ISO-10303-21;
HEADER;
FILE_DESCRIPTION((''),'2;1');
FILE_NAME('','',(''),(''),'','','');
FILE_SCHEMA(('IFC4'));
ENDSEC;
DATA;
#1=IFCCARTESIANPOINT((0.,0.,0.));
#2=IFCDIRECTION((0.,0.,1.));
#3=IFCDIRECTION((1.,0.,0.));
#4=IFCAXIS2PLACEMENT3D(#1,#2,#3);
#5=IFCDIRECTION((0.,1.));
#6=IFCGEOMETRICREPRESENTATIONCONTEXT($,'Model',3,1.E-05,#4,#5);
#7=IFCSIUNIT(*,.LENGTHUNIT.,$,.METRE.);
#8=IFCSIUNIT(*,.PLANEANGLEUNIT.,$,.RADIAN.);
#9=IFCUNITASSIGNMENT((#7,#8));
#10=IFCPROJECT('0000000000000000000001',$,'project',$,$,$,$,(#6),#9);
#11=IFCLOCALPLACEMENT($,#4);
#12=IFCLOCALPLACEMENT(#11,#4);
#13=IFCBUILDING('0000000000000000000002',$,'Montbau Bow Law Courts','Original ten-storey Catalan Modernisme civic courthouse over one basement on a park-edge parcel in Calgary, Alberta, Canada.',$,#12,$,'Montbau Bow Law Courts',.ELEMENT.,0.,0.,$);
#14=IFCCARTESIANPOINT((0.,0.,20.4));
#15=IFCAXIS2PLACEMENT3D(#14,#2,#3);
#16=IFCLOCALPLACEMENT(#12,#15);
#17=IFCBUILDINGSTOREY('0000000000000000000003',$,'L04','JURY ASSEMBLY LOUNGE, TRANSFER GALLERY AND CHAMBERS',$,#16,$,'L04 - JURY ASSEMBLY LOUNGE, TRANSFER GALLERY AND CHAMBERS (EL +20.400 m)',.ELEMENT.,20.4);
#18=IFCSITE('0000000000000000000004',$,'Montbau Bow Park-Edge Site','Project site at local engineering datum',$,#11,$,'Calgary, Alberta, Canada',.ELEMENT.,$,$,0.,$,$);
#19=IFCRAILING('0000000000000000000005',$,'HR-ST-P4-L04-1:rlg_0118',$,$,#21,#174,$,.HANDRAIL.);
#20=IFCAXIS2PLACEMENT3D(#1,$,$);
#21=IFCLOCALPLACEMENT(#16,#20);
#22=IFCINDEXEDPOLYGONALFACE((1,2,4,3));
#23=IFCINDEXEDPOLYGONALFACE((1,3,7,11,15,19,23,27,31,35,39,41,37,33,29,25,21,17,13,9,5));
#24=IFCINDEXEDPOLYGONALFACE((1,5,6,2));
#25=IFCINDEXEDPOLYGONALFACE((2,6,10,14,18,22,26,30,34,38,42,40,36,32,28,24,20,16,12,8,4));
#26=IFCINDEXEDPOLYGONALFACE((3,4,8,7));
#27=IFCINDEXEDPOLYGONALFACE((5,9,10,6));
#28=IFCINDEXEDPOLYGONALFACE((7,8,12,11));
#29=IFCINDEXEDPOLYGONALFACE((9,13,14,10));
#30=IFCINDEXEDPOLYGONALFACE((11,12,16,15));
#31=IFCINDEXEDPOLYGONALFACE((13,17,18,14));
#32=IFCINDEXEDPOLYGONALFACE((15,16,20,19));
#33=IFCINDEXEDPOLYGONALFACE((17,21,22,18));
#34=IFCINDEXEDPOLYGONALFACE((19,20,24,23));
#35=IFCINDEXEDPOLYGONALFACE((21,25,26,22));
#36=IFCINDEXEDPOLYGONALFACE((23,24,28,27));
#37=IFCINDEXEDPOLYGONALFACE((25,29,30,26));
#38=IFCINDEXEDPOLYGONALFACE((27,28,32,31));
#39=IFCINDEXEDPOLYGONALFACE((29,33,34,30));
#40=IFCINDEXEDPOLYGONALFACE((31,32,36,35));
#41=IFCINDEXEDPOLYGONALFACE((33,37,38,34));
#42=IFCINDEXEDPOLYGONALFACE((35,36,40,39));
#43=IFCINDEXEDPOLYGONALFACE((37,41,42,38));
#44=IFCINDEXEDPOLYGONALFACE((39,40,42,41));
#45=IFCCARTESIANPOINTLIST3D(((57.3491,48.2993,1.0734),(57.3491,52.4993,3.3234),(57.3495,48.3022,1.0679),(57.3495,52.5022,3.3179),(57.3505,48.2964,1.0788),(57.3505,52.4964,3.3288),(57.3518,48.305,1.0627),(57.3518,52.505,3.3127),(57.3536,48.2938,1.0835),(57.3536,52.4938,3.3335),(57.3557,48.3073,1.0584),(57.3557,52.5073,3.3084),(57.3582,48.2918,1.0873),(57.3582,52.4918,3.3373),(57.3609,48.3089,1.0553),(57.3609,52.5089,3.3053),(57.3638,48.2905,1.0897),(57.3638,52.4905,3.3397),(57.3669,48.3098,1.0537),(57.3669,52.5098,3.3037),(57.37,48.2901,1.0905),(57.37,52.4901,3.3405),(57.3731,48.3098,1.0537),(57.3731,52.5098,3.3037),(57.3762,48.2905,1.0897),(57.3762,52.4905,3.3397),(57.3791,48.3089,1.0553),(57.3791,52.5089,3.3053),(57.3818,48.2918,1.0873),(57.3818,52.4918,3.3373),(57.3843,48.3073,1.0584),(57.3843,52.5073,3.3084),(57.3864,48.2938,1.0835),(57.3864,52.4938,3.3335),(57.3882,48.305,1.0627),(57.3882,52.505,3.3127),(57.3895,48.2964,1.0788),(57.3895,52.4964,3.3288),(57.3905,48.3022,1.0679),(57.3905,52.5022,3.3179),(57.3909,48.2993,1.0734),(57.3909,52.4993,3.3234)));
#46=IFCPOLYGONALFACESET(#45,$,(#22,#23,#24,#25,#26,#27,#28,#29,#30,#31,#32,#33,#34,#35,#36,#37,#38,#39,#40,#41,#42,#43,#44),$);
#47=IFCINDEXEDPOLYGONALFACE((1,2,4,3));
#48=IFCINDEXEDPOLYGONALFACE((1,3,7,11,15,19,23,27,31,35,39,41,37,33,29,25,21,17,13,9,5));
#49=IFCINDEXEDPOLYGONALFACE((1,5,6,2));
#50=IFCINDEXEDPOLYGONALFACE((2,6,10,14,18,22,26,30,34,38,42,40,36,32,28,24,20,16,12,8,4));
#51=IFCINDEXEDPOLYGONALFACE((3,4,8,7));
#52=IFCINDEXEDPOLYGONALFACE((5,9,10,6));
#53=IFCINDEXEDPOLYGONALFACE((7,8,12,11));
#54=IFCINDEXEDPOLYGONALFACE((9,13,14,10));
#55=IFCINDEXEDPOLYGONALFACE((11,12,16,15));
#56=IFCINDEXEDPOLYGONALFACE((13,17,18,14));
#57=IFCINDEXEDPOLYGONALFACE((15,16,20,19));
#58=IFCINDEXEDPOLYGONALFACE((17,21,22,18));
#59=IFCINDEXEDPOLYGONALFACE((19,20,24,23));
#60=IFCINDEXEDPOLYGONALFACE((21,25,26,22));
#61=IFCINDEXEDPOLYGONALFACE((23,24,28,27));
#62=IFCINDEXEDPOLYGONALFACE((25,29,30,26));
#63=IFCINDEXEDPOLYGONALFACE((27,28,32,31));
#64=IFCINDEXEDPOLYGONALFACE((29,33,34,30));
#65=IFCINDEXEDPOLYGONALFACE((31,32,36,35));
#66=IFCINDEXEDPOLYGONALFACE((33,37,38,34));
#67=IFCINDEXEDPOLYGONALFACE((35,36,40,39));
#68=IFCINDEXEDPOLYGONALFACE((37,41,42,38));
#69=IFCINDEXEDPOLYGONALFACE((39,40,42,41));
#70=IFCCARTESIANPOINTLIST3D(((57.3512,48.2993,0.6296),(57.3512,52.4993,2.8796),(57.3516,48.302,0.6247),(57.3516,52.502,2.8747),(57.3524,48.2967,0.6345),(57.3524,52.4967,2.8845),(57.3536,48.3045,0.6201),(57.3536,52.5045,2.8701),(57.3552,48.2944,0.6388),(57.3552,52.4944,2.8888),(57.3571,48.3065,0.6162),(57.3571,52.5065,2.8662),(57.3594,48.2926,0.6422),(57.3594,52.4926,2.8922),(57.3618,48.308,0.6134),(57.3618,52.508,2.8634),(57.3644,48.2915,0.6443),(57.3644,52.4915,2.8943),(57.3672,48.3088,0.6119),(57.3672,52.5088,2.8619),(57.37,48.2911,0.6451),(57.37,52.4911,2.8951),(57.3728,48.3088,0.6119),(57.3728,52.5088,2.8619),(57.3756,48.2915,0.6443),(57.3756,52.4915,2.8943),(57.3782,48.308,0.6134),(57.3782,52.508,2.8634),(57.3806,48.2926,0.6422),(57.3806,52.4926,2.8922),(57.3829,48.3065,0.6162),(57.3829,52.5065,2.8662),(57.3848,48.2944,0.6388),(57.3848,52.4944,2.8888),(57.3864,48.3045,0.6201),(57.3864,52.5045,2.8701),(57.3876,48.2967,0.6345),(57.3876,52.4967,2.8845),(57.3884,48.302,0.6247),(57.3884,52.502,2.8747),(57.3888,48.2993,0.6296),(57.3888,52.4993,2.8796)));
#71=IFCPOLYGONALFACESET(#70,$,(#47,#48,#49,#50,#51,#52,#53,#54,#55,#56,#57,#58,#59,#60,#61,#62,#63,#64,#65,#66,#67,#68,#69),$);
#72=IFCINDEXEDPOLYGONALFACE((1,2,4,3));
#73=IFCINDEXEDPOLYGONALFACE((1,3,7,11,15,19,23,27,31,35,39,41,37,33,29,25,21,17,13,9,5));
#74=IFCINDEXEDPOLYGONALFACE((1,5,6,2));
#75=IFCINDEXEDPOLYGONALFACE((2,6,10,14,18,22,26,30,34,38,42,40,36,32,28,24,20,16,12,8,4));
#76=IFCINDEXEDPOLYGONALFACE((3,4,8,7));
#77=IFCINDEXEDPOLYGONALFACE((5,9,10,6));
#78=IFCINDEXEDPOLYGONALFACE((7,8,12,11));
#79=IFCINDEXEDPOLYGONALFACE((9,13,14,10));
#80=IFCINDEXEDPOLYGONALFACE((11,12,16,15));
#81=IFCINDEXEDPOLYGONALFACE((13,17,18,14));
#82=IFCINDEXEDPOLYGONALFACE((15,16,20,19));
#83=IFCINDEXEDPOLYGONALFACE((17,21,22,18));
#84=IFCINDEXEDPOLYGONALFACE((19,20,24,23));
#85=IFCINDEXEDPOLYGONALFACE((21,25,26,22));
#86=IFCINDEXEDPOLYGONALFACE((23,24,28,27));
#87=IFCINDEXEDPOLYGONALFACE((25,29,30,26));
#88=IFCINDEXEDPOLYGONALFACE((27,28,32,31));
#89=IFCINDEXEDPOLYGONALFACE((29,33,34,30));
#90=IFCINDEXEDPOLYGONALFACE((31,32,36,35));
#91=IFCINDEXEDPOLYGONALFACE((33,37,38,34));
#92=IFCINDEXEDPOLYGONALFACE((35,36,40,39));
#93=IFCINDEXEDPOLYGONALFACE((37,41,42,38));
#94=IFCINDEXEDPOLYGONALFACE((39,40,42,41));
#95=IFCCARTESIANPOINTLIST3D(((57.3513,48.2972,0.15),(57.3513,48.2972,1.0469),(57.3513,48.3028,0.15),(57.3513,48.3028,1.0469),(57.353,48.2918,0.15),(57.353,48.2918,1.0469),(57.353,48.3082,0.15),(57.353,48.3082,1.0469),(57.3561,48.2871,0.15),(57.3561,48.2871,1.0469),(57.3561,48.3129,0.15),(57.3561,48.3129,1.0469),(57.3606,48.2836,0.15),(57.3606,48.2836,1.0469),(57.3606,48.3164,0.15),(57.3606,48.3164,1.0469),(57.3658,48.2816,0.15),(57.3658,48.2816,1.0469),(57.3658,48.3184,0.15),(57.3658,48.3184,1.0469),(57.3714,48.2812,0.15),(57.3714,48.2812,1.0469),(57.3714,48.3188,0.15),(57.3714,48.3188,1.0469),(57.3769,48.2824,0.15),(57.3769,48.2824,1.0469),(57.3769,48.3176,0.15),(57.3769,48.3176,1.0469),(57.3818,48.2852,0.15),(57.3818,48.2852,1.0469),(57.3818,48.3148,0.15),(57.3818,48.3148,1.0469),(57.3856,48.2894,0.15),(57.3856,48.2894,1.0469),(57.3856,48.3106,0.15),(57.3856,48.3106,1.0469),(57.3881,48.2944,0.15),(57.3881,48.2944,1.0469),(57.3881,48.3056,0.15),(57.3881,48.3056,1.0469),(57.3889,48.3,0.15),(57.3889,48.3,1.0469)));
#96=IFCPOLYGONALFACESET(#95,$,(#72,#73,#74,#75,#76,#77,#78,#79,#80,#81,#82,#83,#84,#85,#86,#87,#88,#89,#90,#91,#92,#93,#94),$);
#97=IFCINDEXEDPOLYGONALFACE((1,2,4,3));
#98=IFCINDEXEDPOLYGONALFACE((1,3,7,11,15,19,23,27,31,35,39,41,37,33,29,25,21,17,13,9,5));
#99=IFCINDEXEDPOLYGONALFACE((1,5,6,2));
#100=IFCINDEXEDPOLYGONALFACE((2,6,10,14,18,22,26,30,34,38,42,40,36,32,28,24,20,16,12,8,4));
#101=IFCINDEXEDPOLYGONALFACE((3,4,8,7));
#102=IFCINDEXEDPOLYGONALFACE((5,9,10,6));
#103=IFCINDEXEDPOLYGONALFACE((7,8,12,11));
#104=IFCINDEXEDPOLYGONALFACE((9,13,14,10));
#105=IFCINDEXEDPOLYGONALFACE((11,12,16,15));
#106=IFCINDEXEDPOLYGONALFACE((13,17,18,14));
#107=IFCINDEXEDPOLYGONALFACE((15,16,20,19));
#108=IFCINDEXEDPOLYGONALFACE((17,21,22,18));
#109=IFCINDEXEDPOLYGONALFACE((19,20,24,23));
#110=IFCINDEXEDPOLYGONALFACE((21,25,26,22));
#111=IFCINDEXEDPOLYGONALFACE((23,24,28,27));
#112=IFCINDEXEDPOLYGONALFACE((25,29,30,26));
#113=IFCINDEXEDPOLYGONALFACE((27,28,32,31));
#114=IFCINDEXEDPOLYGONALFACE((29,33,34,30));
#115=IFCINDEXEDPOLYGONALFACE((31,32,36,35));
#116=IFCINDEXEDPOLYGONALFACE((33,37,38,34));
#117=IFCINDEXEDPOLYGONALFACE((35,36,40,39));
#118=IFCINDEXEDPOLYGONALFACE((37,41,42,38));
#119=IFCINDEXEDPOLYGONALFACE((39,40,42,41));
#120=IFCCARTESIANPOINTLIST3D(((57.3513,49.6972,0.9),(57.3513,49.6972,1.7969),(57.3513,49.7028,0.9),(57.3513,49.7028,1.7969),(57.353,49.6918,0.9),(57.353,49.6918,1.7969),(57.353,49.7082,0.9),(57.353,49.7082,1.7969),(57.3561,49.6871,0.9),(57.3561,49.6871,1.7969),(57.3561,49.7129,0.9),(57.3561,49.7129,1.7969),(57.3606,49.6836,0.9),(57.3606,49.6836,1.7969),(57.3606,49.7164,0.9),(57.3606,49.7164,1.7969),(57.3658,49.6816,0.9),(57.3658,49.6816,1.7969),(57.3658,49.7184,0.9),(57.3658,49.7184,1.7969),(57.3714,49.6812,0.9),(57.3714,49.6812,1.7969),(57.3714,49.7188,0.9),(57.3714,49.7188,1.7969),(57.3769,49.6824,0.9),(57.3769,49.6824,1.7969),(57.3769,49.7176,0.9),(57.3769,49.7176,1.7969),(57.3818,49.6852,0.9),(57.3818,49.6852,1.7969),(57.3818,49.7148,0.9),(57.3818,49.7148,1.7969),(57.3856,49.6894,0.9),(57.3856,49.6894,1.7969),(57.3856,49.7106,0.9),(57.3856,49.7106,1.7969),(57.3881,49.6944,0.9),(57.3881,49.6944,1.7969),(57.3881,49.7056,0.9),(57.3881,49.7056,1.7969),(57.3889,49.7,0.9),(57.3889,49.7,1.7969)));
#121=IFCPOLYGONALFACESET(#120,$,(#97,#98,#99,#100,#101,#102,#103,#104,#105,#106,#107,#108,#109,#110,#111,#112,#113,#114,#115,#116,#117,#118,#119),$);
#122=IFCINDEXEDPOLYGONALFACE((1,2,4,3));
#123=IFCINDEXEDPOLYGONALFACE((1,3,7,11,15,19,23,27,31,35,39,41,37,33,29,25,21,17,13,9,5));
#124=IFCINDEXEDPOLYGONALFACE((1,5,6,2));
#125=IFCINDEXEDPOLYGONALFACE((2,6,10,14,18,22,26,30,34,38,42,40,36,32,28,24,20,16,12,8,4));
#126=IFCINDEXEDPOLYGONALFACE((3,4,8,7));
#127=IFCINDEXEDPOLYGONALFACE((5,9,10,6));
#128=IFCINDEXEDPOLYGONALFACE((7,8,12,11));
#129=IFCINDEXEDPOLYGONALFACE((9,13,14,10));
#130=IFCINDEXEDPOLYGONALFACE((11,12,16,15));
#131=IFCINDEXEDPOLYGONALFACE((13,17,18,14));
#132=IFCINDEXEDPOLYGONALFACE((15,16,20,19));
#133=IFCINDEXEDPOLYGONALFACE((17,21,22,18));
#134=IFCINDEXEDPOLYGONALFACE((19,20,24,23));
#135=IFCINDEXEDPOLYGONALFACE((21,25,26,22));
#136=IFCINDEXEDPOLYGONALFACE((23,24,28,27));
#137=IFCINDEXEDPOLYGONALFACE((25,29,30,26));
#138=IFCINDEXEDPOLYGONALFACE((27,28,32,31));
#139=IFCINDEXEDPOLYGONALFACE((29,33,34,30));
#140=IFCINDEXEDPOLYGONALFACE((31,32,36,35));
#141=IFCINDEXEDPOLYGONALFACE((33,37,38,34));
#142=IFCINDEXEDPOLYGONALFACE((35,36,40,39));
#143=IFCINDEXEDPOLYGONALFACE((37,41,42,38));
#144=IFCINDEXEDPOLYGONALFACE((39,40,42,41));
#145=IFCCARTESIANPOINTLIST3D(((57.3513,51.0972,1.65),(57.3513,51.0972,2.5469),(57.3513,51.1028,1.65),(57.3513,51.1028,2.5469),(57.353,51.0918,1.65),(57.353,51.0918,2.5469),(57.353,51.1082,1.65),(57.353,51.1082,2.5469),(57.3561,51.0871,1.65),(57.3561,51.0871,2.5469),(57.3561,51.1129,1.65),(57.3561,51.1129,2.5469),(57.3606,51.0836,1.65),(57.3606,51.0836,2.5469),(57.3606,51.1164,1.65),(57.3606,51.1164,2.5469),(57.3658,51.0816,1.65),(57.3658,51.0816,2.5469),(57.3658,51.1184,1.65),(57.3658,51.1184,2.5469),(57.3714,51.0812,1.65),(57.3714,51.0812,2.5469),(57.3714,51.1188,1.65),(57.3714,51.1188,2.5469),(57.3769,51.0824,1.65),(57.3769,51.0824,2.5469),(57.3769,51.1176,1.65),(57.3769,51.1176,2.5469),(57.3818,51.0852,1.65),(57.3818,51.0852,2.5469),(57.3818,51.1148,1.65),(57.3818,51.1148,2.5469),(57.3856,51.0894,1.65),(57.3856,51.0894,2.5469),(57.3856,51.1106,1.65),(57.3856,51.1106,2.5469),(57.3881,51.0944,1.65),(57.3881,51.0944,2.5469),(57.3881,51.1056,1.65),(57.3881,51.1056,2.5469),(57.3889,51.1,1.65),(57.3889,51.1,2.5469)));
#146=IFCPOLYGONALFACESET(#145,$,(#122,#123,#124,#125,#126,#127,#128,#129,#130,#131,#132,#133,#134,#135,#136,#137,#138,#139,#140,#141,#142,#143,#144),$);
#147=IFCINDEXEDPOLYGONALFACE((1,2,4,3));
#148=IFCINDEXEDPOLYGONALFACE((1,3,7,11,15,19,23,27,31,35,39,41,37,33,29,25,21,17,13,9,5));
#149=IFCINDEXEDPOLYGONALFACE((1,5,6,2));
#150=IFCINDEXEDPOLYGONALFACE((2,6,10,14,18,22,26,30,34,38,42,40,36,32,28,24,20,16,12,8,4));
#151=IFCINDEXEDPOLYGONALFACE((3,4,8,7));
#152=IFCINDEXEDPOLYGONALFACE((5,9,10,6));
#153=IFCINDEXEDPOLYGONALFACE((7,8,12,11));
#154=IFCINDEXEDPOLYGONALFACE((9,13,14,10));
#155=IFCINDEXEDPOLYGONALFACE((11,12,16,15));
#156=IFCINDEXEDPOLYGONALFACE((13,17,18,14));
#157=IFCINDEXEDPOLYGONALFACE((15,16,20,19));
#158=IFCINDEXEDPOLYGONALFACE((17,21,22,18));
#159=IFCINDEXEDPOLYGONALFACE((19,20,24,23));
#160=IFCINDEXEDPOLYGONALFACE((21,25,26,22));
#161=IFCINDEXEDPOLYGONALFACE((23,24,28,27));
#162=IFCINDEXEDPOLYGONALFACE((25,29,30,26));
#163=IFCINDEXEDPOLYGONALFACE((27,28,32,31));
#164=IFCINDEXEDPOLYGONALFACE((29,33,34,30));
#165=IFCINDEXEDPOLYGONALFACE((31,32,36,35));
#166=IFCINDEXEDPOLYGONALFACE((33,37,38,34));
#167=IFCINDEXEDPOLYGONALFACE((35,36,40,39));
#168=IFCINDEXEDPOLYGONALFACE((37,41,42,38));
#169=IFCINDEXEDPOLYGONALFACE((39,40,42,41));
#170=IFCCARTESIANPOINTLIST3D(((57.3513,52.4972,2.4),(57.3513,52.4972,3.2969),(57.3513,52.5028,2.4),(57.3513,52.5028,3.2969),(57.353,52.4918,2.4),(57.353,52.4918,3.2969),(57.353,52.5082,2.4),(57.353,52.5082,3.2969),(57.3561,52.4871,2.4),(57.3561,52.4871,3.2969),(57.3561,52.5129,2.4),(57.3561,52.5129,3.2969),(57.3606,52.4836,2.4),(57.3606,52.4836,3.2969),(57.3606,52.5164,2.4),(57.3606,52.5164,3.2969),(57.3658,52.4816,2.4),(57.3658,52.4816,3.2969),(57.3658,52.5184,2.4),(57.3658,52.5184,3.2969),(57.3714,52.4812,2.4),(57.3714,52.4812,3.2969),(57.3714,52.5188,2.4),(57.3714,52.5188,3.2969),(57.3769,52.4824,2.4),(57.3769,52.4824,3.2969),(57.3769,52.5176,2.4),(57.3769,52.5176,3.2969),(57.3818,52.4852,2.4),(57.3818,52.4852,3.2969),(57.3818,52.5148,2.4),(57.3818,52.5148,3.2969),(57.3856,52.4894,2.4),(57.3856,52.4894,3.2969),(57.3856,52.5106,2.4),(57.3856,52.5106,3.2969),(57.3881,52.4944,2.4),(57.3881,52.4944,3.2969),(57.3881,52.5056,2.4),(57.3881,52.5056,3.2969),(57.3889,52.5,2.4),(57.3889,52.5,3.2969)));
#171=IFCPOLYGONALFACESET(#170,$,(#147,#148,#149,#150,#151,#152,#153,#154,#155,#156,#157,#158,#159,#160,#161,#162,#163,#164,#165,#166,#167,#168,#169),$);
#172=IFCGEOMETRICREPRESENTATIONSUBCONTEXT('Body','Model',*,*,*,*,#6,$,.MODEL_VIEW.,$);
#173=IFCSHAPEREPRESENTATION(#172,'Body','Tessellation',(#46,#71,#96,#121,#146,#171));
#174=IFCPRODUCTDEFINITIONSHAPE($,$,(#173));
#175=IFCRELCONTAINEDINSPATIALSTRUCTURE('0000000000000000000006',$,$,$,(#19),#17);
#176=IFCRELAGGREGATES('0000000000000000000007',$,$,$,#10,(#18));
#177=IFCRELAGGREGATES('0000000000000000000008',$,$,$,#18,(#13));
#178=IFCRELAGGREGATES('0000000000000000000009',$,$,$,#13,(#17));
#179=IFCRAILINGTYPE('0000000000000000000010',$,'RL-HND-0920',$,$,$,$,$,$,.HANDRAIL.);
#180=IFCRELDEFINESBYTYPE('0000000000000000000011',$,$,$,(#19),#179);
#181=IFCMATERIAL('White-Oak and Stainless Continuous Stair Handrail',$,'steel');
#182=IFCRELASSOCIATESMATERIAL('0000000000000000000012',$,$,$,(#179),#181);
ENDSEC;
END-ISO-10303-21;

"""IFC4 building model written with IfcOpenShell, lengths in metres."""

from ifc_helpers import new_model, si_unit, direction, frame, origin_with_axes, origin_2d_with_axis, place, context, subcontext, project, spatial, circle, extrude, material, type_object, element, save


model = new_model("IFC4")

# Units and contexts
model_context = context("Model", 3, precision=1e-05, world=origin_with_axes(), true_north=direction((0.0, 1.0)))
body_context = subcontext(model_context, "Body", "Model", "MODEL_VIEW")
ifc_project = project(units=[si_unit("LENGTHUNIT", "METRE"), si_unit("PLANEANGLEUNIT", "RADIAN")], contexts=[model_context])

# Site, building, storey
site_placement = place(None, origin_with_axes())
site = spatial("IfcSite", under=ifc_project, at=site_placement, Name="Montbau Bow Park-Edge Site", Description="Project site at local engineering datum", LongName="Calgary, Alberta, Canada", CompositionType="ELEMENT", RefElevation=0.0)
building_placement = place(site_placement, origin_with_axes())
building = spatial("IfcBuilding", under=site, at=building_placement, Name="Montbau Bow Law Courts", Description="Original ten-storey Catalan Modernisme civic courthouse over one basement on a park-edge parcel in Calgary, Alberta, Canada.", LongName="Montbau Bow Law Courts", CompositionType="ELEMENT", ElevationOfRefHeight=0.0, ElevationOfTerrain=0.0)
storey_placement = place(building_placement, frame((0.0, 0.0, 20.4), z_axis=(0.0, 0.0, 1.0), x_axis=(1.0, 0.0, 0.0)))
storey = spatial("IfcBuildingStorey", under=building, at=storey_placement, Name="L04", Description="JURY ASSEMBLY LOUNGE, TRANSFER GALLERY AND CHAMBERS", LongName="L04 - JURY ASSEMBLY LOUNGE, TRANSFER GALLERY AND CHAMBERS (EL +20.400 m)", CompositionType="ELEMENT", Elevation=20.4)

# Railing
ifc_material_1 = material(Name="White-Oak and Stainless Continuous Stair Handrail", Category="steel")
railing_type_1 = type_object("IfcRailingType", Name="RL-HND-0920", PredefinedType="HANDRAIL", material=ifc_material_1)
railing_1_placement = place(None, origin_with_axes())
element("IfcRailing", 1, at=railing_1_placement, inside=storey, type_object=railing_type_1, Name="HR-ST-P4-L04-1:rlg_0118", PredefinedType="HANDRAIL", context=body_context, shape_type="SweptSolid", body=[
    extrude(circle(Radius=0.021, at=origin_2d_with_axis()), frame((57.37, 48.3, 21.472), z_axis=(0.0, 0.88148, 0.472221), x_axis=(0.0, -0.472221, 0.88148)), (0.0, 0.0, 1.0), 4.7647),
    extrude(circle(Radius=0.0189, at=origin_2d_with_axis()), frame((57.37, 48.3, 21.0284), z_axis=(0.0, 0.88148, 0.472221), x_axis=(0.0, -0.472221, 0.88148)), (0.0, 0.0, 1.0), 4.7647),
    extrude(circle(Radius=0.0189, at=origin_2d_with_axis()), frame((57.37, 48.3, 20.55), z_axis=(0.0, 0.0, 1.0), x_axis=(1.0, 0.0, 0.0)), (0.0, 0.0, 1.0), 0.8969),
    extrude(circle(Radius=0.0189, at=origin_2d_with_axis()), frame((57.37, 49.7, 21.3), z_axis=(0.0, 0.0, 1.0), x_axis=(1.0, 0.0, 0.0)), (0.0, 0.0, 1.0), 0.8969),
    extrude(circle(Radius=0.0189, at=origin_2d_with_axis()), frame((57.37, 51.1, 22.05), z_axis=(0.0, 0.0, 1.0), x_axis=(1.0, 0.0, 0.0)), (0.0, 0.0, 1.0), 0.8969),
    extrude(circle(Radius=0.0189, at=origin_2d_with_axis()), frame((57.37, 52.5, 22.8), z_axis=(0.0, 0.0, 1.0), x_axis=(1.0, 0.0, 0.0)), (0.0, 0.0, 1.0), 0.8969),
])

save(model, "model.ifc")
